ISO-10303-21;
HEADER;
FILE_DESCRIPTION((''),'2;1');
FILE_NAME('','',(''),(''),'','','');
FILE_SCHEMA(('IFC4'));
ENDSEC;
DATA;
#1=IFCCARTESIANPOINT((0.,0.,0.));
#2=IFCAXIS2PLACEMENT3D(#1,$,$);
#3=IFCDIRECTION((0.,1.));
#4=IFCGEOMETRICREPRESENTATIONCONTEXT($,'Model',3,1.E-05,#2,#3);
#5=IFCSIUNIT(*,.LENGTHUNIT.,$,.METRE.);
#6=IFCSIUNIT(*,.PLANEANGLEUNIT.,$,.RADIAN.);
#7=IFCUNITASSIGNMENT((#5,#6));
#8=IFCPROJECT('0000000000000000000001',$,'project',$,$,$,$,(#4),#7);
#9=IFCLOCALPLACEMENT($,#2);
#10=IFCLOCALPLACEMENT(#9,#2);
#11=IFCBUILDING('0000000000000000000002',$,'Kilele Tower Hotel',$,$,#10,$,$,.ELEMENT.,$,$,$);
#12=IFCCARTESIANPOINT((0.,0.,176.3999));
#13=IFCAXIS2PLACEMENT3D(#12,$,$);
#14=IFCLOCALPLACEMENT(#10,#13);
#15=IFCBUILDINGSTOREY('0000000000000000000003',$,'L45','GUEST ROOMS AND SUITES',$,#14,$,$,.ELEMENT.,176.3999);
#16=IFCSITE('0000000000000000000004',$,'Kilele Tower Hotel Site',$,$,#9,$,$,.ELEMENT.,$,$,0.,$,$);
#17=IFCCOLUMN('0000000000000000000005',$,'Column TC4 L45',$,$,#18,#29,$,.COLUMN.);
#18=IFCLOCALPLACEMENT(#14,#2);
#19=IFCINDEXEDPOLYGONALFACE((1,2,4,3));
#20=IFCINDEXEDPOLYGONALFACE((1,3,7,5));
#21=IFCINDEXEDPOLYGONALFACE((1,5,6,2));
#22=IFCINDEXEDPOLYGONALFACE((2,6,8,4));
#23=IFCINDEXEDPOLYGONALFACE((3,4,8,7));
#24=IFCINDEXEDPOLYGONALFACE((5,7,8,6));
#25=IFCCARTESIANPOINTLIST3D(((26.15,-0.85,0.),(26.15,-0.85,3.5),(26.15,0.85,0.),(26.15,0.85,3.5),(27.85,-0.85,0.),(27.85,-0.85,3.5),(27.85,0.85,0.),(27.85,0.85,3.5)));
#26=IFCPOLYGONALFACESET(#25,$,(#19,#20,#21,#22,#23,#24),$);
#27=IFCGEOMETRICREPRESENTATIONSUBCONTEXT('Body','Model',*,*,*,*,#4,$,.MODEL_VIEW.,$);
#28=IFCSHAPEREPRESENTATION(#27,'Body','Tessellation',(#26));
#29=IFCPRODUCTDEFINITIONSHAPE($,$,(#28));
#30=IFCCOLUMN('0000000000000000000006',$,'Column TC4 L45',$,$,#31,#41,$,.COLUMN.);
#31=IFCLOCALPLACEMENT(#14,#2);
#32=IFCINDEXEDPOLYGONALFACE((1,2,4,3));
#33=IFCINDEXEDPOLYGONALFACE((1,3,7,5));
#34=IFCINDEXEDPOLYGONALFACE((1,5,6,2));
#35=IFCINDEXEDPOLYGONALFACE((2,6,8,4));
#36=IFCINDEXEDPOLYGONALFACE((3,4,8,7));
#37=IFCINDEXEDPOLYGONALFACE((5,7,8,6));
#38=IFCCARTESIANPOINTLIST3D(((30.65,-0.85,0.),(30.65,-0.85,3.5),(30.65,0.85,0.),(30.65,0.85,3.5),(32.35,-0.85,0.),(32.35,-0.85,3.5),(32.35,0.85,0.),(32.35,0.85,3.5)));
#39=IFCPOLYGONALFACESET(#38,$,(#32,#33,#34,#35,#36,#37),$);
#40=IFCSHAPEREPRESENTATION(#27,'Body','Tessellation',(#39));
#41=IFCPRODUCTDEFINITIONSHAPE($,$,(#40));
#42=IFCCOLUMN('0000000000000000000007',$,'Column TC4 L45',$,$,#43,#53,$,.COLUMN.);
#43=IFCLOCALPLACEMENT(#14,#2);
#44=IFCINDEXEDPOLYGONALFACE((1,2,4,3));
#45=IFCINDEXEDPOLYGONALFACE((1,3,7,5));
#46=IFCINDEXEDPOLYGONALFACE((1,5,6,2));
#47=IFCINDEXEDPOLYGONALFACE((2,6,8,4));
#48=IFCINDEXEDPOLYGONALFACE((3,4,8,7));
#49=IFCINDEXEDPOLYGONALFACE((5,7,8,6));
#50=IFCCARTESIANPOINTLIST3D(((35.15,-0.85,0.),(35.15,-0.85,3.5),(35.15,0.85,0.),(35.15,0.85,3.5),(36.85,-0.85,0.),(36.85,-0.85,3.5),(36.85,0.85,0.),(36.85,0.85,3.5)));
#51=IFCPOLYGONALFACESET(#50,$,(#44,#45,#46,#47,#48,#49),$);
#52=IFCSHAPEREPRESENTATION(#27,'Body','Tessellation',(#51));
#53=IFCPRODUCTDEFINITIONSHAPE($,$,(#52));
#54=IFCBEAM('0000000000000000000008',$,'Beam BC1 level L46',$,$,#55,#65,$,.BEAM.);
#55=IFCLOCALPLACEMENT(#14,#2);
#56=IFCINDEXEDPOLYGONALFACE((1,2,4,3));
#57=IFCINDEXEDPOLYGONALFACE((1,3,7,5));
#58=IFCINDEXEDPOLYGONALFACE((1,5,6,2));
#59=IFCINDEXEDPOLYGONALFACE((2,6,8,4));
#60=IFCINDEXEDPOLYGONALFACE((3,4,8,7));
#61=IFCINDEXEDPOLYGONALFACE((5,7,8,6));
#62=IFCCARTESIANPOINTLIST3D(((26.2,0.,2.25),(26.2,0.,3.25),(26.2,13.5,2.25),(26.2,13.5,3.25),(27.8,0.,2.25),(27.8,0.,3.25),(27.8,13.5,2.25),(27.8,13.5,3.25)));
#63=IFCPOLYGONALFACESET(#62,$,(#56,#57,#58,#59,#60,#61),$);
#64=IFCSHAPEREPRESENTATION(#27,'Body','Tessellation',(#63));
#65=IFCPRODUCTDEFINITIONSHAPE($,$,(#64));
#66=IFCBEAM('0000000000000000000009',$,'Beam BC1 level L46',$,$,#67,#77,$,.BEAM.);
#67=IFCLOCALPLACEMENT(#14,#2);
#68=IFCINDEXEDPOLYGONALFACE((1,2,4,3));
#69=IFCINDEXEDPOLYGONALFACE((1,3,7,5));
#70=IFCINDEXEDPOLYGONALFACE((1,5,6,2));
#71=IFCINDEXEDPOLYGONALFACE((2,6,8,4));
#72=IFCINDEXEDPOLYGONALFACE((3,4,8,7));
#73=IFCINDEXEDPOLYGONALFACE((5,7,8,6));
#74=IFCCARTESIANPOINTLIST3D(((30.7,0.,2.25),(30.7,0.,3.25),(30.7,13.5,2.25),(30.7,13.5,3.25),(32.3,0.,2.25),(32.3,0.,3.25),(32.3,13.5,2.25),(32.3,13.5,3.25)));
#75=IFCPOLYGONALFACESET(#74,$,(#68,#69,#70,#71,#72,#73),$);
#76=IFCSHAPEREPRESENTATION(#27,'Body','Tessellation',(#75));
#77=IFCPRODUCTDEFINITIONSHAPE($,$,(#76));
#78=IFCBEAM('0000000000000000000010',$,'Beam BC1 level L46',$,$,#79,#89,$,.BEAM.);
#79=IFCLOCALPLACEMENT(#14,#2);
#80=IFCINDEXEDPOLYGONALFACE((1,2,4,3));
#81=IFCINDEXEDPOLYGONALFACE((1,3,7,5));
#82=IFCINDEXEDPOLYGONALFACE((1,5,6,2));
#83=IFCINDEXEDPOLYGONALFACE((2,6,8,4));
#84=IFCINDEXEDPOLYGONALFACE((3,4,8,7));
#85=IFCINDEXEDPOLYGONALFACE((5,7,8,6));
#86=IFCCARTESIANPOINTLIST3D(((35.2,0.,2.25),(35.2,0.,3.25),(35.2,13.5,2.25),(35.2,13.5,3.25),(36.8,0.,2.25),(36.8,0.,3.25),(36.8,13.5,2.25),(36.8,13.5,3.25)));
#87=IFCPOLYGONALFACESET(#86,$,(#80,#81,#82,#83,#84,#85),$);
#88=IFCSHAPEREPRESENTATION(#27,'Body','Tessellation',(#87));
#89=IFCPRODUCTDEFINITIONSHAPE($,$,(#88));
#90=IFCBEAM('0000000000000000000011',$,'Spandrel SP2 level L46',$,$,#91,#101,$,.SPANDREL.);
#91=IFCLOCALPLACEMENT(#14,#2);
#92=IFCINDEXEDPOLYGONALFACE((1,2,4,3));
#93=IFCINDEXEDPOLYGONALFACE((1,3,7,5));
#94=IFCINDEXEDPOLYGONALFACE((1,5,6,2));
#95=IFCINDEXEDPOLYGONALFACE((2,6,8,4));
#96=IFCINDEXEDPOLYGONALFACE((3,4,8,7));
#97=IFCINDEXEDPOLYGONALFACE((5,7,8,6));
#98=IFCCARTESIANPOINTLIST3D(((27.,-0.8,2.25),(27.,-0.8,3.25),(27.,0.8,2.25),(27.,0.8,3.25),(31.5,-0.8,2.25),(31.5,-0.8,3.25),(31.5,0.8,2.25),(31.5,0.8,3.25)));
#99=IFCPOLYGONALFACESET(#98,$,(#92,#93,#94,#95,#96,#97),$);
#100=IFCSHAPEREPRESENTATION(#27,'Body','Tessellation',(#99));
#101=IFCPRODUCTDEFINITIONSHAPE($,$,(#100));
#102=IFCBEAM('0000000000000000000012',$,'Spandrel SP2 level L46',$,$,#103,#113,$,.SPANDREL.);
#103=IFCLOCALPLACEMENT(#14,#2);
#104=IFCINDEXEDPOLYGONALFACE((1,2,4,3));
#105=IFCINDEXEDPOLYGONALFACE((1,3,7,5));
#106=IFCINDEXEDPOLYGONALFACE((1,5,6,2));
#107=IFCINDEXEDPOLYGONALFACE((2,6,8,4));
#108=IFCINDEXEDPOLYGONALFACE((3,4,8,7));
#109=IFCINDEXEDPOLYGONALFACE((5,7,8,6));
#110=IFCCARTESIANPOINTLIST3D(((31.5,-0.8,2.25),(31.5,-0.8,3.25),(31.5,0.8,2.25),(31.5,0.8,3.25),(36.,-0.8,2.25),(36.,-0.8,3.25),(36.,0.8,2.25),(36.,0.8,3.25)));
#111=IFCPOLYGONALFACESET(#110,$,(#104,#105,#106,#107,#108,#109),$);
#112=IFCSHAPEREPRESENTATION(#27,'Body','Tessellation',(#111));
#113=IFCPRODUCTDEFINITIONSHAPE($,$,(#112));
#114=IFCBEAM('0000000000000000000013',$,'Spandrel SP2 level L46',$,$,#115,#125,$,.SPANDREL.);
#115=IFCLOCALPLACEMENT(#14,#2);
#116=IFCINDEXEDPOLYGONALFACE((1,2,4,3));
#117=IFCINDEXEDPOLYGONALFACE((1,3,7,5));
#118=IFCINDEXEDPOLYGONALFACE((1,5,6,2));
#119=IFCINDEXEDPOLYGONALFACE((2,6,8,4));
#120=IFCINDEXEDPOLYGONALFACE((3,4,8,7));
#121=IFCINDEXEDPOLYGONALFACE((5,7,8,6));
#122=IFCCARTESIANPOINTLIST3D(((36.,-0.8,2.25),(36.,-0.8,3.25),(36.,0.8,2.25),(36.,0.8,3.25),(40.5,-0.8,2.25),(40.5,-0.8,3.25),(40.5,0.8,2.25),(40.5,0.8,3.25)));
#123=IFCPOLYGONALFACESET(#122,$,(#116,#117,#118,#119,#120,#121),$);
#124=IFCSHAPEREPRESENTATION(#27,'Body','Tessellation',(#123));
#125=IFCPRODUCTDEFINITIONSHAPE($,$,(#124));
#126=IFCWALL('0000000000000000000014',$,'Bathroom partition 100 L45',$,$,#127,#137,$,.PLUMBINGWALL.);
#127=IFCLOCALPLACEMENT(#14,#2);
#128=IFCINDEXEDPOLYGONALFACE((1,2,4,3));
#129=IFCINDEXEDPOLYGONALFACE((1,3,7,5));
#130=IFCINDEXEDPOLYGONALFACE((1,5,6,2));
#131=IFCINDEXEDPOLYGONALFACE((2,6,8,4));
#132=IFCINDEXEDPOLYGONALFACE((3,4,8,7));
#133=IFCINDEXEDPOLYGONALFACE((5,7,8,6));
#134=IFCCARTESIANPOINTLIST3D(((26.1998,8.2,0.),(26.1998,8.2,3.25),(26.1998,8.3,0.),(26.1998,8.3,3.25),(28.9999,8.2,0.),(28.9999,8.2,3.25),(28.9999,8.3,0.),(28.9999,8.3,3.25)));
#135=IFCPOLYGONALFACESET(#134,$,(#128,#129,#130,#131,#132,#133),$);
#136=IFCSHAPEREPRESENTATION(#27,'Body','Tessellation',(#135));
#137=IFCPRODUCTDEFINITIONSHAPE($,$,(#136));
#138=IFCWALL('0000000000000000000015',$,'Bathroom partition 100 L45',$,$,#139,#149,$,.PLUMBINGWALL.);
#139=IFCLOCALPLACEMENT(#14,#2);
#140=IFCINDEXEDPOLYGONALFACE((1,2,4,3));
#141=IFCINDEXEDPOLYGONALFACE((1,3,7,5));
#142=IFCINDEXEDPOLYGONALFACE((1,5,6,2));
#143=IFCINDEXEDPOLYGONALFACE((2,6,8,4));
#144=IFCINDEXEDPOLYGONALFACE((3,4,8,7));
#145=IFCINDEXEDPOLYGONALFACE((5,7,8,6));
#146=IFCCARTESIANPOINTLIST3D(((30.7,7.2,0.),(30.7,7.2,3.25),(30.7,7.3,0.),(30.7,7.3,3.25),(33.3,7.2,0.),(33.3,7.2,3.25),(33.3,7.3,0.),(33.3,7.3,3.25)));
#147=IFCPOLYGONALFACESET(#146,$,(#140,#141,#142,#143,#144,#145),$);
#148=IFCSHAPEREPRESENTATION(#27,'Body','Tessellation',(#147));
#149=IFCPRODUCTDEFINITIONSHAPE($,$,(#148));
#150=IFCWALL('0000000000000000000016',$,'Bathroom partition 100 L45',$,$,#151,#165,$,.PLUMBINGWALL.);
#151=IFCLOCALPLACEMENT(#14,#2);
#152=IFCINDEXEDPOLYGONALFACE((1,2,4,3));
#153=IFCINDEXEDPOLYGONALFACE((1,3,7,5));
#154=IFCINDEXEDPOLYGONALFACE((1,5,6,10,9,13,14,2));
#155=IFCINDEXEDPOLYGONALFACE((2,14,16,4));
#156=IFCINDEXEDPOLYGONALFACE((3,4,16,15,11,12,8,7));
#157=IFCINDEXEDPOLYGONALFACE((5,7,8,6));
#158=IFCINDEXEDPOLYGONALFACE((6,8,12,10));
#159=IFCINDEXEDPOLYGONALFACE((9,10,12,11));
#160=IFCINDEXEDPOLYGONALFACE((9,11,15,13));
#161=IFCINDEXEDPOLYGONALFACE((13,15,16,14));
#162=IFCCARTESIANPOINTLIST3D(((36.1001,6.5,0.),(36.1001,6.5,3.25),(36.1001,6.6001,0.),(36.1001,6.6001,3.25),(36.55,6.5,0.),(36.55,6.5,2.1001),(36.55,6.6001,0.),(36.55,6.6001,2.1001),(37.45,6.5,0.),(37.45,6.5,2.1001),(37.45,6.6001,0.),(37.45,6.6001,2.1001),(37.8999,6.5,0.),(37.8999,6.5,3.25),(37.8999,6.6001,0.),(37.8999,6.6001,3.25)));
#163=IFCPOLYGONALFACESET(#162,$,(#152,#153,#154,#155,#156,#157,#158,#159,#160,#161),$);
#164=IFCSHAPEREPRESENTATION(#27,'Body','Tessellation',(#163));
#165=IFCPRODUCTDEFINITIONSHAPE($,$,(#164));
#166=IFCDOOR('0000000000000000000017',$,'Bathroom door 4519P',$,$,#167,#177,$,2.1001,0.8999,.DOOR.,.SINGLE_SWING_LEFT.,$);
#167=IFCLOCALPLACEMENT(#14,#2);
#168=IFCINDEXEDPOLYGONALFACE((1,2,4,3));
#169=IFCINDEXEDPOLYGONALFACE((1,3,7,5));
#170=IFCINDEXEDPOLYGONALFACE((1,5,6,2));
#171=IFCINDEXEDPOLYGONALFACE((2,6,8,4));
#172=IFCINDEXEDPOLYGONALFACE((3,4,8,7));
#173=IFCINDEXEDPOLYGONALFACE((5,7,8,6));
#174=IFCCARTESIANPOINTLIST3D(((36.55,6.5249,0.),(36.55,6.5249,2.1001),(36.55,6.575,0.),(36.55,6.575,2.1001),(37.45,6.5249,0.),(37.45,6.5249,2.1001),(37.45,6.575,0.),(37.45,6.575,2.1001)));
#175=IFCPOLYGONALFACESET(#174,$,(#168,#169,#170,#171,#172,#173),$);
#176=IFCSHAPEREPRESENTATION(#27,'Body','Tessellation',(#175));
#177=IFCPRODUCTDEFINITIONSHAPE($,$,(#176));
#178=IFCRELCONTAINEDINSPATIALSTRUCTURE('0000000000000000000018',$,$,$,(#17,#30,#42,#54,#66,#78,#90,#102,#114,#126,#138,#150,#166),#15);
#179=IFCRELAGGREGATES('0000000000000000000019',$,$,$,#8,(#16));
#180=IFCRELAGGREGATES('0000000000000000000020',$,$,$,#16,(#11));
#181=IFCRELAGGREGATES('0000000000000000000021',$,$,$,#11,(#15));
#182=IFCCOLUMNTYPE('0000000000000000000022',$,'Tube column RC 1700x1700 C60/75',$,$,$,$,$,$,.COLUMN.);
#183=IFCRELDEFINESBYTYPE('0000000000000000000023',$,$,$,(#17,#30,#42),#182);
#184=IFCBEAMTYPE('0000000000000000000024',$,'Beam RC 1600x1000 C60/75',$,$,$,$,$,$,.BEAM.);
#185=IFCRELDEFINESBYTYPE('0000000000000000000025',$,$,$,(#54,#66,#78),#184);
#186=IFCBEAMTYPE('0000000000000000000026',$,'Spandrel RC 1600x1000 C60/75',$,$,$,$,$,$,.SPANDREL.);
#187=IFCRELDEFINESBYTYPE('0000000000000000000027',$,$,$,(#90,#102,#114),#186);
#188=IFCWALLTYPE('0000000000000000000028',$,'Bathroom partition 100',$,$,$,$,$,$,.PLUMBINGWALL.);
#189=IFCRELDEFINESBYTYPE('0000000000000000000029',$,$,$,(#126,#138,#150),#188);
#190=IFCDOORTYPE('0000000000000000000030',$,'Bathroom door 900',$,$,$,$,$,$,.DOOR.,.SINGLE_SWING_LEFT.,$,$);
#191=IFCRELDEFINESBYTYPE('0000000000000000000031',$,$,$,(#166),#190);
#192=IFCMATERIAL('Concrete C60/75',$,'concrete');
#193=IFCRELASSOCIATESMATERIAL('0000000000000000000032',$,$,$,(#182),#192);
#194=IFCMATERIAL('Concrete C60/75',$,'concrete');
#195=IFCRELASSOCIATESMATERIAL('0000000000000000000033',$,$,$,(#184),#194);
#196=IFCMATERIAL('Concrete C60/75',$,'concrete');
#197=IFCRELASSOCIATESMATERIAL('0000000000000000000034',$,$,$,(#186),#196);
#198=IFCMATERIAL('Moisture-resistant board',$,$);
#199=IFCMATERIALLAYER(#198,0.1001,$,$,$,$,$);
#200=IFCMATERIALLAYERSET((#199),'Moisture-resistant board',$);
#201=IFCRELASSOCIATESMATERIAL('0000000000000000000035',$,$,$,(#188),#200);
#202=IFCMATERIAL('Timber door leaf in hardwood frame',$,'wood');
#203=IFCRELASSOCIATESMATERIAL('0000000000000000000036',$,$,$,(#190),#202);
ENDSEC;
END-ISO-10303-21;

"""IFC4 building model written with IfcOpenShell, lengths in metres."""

from ifc_helpers import new_model, si_unit, direction, frame, frame_2d, origin, origin_2d, place, context, subcontext, project, spatial, rectangle, extrude, material, layer, layer_set, material_profile, profile_set, type_object, element, fill, save


model = new_model("IFC4")

# Units and contexts
model_context = context("Model", 3, precision=1e-05, world=origin(), true_north=direction((0.0, 1.0)))
body_context = subcontext(model_context, "Body", "Model", "MODEL_VIEW")
ifc_project = project(units=[si_unit("LENGTHUNIT", "METRE"), si_unit("PLANEANGLEUNIT", "RADIAN")], contexts=[model_context])

# Site, building, storey
site_placement = place(None, origin())
site = spatial("IfcSite", under=ifc_project, at=site_placement, Name="Kilele Tower Hotel Site", CompositionType="ELEMENT", RefElevation=0.0)
building_placement = place(site_placement, origin())
building = spatial("IfcBuilding", under=site, at=building_placement, Name="Kilele Tower Hotel", CompositionType="ELEMENT")
storey_placement = place(building_placement, frame((0.0, 0.0, 176.3999)))
storey = spatial("IfcBuildingStorey", under=building, at=storey_placement, Name="L45", Description="GUEST ROOMS AND SUITES", CompositionType="ELEMENT", Elevation=176.3999)

# Columns
ifc_material_1 = material(Name="Concrete C60/75", Category="concrete")
ifc_material_profile_1 = material_profile(ifc_material_1, rectangle(XDim=1.7, YDim=1.7, at=origin_2d()))
ifc_profile_set_1 = profile_set([ifc_material_profile_1], Name="Concrete C60/75")
column_type = type_object("IfcColumnType", Name="Tube column RC 1700x1700 C60/75", PredefinedType="COLUMN", material=ifc_profile_set_1)
for number, where, z_axis, x_axis, name in (
    (1, (27.0, 0.0, 0.0), (0.0, 0.0, 1.0), (1.0, 0.0, 0.0), "Column TC4 L45"),
    (2, (31.5, 0.0, 0.0), (0.0, 0.0, 1.0), (1.0, 0.0, 0.0), "Column TC4 L45"),
    (3, (36.0, 0.0, 0.0), (0.0, 0.0, 1.0), (1.0, 0.0, 0.0), "Column TC4 L45"),
):
    element("IfcColumn", number, at=place(storey_placement, frame(where, z_axis=z_axis, x_axis=x_axis)), inside=storey, type_object=column_type, Name=name, PredefinedType="COLUMN", context=body_context, shape_type="SweptSolid", body=[
        extrude(rectangle(XDim=1.7, YDim=1.7, at=origin_2d()), origin(), (0.0, 0.0, 1.0), 3.5),
    ])

# Beams
ifc_material_2 = material(Name="Concrete C60/75", Category="concrete")
ifc_material_profile_2 = material_profile(ifc_material_2, rectangle(XDim=1.6001, YDim=1.0, at=origin_2d()))
ifc_profile_set_2 = profile_set([ifc_material_profile_2], Name="Concrete C60/75")
beam_type_1 = type_object("IfcBeamType", Name="Beam RC 1600x1000 C60/75", PredefinedType="BEAM", material=ifc_profile_set_2)
for number, where, z_axis, x_axis, name in (
    (4, (27.0, 0.0, 2.75), (0.0, 1.0, 0.0), (-1.0, 0.0, 0.0), "Beam BC1 level L46"),
    (5, (31.5, 0.0, 2.75), (0.0, 1.0, 0.0), (-1.0, 0.0, 0.0), "Beam BC1 level L46"),
    (6, (36.0, 0.0, 2.75), (0.0, 1.0, 0.0), (-1.0, 0.0, 0.0), "Beam BC1 level L46"),
):
    element("IfcBeam", number, at=place(storey_placement, frame(where, z_axis=z_axis, x_axis=x_axis)), inside=storey, type_object=beam_type_1, Name=name, PredefinedType="BEAM", context=body_context, shape_type="SweptSolid", body=[
        extrude(rectangle(XDim=1.6001, YDim=1.0, at=origin_2d()), origin(), (0.0, 0.0, 1.0), 13.5),
    ])
ifc_material_3 = material(Name="Concrete C60/75", Category="concrete")
ifc_material_profile_3 = material_profile(ifc_material_3, rectangle(XDim=1.6001, YDim=1.0, at=origin_2d()))
ifc_profile_set_3 = profile_set([ifc_material_profile_3], Name="Concrete C60/75")
beam_type_2 = type_object("IfcBeamType", Name="Spandrel RC 1600x1000 C60/75", PredefinedType="SPANDREL", material=ifc_profile_set_3)
for number, where, z_axis, x_axis, name in (
    (7, (27.0, 0.0, 2.75), (1.0, 0.0, 0.0), (0.0, 1.0, 0.0), "Spandrel SP2 level L46"),
    (8, (31.5, 0.0, 2.75), (1.0, 0.0, 0.0), (0.0, 1.0, 0.0), "Spandrel SP2 level L46"),
    (9, (36.0, 0.0, 2.75), (1.0, 0.0, 0.0), (0.0, 1.0, 0.0), "Spandrel SP2 level L46"),
):
    element("IfcBeam", number, at=place(storey_placement, frame(where, z_axis=z_axis, x_axis=x_axis)), inside=storey, type_object=beam_type_2, Name=name, PredefinedType="SPANDREL", context=body_context, shape_type="SweptSolid", body=[
        extrude(rectangle(XDim=1.6001, YDim=1.0, at=origin_2d()), origin(), (0.0, 0.0, 1.0), 4.5),
    ])

# Walls
ifc_material_4 = material(Name="Moisture-resistant board")
ifc_layer_1 = layer(ifc_material_4, 0.1001)
ifc_layer_set_1 = layer_set([ifc_layer_1], Name="Moisture-resistant board")
wall_type_1 = type_object("IfcWallType", Name="Bathroom partition 100", PredefinedType="PLUMBINGWALL", material=ifc_layer_set_1)
wall_1_placement = place(storey_placement, frame((26.2, 8.25, 0.0), z_axis=(0.0, 0.0, 1.0), x_axis=(1.0, 0.0, 0.0)))
element("IfcWall", 10, at=wall_1_placement, inside=storey, type_object=wall_type_1, Name="Bathroom partition 100 L45", PredefinedType="PLUMBINGWALL", context=body_context, shape_type="SweptSolid", body=[
    extrude(rectangle(XDim=2.8, YDim=0.1001, at=frame_2d((1.3999, 0.0))), origin(), (0.0, 0.0, 1.0), 3.25),
])
wall_2_placement = place(storey_placement, frame((30.7, 7.25, 0.0), z_axis=(0.0, 0.0, 1.0), x_axis=(1.0, 0.0, 0.0)))
element("IfcWall", 11, at=wall_2_placement, inside=storey, type_object=wall_type_1, Name="Bathroom partition 100 L45", PredefinedType="PLUMBINGWALL", context=body_context, shape_type="SweptSolid", body=[
    extrude(rectangle(XDim=2.6001, YDim=0.1001, at=frame_2d((1.3, 0.0))), origin(), (0.0, 0.0, 1.0), 3.25),
])

# Wall, opening, door
wall_3_placement = place(storey_placement, frame((36.1001, 6.55, 0.0), z_axis=(0.0, 0.0, 1.0), x_axis=(1.0, 0.0, 0.0)))
wall_3 = element("IfcWall", 12, at=wall_3_placement, inside=storey, type_object=wall_type_1, Name="Bathroom partition 100 L45", PredefinedType="PLUMBINGWALL", context=body_context, shape_type="SweptSolid", body=[
    extrude(rectangle(XDim=1.7998, YDim=0.1001, at=frame_2d((0.8999, 0.0))), origin(), (0.0, 0.0, 1.0), 3.25),
])
opening_1_placement = place(wall_3_placement, frame((0.45, 0.0, 0.0)))
opening_1 = element("IfcOpeningElement", 13, at=opening_1_placement, cuts=wall_3, PredefinedType="OPENING", context=body_context, shape_type="SweptSolid", body=[
    extrude(rectangle(XDim=0.8999, YDim=2.1001, at=frame_2d((0.45, 1.05))), frame((0.0, 0.0601, 0.0), z_axis=(0.0, -1.0, 0.0), x_axis=(1.0, 0.0, 0.0)), (0.0, 0.0, 1.0), 0.1201),
])
ifc_material_5 = material(Name="Timber door leaf in hardwood frame", Category="wood")
door_type_1 = type_object("IfcDoorType", Name="Bathroom door 900", OperationType="SINGLE_SWING_LEFT", PredefinedType="DOOR", material=ifc_material_5)
door_1_placement = place(opening_1_placement, origin())
door_1 = element("IfcDoor", 14, at=door_1_placement, inside=storey, type_object=door_type_1, Name="Bathroom door 4519P", OperationType="SINGLE_SWING_LEFT", OverallHeight=2.1001, OverallWidth=0.8999, PredefinedType="DOOR", context=body_context, shape_type="SweptSolid", body=[
    extrude(rectangle(XDim=0.8999, YDim=2.1001, at=frame_2d((0.45, 1.05))), frame((0.0, 0.0249, 0.0), z_axis=(0.0, -1.0, 0.0), x_axis=(1.0, 0.0, 0.0)), (0.0, 0.0, 1.0), 0.05),
])
fill(opening_1, door_1)

save(model, "model.ifc")
